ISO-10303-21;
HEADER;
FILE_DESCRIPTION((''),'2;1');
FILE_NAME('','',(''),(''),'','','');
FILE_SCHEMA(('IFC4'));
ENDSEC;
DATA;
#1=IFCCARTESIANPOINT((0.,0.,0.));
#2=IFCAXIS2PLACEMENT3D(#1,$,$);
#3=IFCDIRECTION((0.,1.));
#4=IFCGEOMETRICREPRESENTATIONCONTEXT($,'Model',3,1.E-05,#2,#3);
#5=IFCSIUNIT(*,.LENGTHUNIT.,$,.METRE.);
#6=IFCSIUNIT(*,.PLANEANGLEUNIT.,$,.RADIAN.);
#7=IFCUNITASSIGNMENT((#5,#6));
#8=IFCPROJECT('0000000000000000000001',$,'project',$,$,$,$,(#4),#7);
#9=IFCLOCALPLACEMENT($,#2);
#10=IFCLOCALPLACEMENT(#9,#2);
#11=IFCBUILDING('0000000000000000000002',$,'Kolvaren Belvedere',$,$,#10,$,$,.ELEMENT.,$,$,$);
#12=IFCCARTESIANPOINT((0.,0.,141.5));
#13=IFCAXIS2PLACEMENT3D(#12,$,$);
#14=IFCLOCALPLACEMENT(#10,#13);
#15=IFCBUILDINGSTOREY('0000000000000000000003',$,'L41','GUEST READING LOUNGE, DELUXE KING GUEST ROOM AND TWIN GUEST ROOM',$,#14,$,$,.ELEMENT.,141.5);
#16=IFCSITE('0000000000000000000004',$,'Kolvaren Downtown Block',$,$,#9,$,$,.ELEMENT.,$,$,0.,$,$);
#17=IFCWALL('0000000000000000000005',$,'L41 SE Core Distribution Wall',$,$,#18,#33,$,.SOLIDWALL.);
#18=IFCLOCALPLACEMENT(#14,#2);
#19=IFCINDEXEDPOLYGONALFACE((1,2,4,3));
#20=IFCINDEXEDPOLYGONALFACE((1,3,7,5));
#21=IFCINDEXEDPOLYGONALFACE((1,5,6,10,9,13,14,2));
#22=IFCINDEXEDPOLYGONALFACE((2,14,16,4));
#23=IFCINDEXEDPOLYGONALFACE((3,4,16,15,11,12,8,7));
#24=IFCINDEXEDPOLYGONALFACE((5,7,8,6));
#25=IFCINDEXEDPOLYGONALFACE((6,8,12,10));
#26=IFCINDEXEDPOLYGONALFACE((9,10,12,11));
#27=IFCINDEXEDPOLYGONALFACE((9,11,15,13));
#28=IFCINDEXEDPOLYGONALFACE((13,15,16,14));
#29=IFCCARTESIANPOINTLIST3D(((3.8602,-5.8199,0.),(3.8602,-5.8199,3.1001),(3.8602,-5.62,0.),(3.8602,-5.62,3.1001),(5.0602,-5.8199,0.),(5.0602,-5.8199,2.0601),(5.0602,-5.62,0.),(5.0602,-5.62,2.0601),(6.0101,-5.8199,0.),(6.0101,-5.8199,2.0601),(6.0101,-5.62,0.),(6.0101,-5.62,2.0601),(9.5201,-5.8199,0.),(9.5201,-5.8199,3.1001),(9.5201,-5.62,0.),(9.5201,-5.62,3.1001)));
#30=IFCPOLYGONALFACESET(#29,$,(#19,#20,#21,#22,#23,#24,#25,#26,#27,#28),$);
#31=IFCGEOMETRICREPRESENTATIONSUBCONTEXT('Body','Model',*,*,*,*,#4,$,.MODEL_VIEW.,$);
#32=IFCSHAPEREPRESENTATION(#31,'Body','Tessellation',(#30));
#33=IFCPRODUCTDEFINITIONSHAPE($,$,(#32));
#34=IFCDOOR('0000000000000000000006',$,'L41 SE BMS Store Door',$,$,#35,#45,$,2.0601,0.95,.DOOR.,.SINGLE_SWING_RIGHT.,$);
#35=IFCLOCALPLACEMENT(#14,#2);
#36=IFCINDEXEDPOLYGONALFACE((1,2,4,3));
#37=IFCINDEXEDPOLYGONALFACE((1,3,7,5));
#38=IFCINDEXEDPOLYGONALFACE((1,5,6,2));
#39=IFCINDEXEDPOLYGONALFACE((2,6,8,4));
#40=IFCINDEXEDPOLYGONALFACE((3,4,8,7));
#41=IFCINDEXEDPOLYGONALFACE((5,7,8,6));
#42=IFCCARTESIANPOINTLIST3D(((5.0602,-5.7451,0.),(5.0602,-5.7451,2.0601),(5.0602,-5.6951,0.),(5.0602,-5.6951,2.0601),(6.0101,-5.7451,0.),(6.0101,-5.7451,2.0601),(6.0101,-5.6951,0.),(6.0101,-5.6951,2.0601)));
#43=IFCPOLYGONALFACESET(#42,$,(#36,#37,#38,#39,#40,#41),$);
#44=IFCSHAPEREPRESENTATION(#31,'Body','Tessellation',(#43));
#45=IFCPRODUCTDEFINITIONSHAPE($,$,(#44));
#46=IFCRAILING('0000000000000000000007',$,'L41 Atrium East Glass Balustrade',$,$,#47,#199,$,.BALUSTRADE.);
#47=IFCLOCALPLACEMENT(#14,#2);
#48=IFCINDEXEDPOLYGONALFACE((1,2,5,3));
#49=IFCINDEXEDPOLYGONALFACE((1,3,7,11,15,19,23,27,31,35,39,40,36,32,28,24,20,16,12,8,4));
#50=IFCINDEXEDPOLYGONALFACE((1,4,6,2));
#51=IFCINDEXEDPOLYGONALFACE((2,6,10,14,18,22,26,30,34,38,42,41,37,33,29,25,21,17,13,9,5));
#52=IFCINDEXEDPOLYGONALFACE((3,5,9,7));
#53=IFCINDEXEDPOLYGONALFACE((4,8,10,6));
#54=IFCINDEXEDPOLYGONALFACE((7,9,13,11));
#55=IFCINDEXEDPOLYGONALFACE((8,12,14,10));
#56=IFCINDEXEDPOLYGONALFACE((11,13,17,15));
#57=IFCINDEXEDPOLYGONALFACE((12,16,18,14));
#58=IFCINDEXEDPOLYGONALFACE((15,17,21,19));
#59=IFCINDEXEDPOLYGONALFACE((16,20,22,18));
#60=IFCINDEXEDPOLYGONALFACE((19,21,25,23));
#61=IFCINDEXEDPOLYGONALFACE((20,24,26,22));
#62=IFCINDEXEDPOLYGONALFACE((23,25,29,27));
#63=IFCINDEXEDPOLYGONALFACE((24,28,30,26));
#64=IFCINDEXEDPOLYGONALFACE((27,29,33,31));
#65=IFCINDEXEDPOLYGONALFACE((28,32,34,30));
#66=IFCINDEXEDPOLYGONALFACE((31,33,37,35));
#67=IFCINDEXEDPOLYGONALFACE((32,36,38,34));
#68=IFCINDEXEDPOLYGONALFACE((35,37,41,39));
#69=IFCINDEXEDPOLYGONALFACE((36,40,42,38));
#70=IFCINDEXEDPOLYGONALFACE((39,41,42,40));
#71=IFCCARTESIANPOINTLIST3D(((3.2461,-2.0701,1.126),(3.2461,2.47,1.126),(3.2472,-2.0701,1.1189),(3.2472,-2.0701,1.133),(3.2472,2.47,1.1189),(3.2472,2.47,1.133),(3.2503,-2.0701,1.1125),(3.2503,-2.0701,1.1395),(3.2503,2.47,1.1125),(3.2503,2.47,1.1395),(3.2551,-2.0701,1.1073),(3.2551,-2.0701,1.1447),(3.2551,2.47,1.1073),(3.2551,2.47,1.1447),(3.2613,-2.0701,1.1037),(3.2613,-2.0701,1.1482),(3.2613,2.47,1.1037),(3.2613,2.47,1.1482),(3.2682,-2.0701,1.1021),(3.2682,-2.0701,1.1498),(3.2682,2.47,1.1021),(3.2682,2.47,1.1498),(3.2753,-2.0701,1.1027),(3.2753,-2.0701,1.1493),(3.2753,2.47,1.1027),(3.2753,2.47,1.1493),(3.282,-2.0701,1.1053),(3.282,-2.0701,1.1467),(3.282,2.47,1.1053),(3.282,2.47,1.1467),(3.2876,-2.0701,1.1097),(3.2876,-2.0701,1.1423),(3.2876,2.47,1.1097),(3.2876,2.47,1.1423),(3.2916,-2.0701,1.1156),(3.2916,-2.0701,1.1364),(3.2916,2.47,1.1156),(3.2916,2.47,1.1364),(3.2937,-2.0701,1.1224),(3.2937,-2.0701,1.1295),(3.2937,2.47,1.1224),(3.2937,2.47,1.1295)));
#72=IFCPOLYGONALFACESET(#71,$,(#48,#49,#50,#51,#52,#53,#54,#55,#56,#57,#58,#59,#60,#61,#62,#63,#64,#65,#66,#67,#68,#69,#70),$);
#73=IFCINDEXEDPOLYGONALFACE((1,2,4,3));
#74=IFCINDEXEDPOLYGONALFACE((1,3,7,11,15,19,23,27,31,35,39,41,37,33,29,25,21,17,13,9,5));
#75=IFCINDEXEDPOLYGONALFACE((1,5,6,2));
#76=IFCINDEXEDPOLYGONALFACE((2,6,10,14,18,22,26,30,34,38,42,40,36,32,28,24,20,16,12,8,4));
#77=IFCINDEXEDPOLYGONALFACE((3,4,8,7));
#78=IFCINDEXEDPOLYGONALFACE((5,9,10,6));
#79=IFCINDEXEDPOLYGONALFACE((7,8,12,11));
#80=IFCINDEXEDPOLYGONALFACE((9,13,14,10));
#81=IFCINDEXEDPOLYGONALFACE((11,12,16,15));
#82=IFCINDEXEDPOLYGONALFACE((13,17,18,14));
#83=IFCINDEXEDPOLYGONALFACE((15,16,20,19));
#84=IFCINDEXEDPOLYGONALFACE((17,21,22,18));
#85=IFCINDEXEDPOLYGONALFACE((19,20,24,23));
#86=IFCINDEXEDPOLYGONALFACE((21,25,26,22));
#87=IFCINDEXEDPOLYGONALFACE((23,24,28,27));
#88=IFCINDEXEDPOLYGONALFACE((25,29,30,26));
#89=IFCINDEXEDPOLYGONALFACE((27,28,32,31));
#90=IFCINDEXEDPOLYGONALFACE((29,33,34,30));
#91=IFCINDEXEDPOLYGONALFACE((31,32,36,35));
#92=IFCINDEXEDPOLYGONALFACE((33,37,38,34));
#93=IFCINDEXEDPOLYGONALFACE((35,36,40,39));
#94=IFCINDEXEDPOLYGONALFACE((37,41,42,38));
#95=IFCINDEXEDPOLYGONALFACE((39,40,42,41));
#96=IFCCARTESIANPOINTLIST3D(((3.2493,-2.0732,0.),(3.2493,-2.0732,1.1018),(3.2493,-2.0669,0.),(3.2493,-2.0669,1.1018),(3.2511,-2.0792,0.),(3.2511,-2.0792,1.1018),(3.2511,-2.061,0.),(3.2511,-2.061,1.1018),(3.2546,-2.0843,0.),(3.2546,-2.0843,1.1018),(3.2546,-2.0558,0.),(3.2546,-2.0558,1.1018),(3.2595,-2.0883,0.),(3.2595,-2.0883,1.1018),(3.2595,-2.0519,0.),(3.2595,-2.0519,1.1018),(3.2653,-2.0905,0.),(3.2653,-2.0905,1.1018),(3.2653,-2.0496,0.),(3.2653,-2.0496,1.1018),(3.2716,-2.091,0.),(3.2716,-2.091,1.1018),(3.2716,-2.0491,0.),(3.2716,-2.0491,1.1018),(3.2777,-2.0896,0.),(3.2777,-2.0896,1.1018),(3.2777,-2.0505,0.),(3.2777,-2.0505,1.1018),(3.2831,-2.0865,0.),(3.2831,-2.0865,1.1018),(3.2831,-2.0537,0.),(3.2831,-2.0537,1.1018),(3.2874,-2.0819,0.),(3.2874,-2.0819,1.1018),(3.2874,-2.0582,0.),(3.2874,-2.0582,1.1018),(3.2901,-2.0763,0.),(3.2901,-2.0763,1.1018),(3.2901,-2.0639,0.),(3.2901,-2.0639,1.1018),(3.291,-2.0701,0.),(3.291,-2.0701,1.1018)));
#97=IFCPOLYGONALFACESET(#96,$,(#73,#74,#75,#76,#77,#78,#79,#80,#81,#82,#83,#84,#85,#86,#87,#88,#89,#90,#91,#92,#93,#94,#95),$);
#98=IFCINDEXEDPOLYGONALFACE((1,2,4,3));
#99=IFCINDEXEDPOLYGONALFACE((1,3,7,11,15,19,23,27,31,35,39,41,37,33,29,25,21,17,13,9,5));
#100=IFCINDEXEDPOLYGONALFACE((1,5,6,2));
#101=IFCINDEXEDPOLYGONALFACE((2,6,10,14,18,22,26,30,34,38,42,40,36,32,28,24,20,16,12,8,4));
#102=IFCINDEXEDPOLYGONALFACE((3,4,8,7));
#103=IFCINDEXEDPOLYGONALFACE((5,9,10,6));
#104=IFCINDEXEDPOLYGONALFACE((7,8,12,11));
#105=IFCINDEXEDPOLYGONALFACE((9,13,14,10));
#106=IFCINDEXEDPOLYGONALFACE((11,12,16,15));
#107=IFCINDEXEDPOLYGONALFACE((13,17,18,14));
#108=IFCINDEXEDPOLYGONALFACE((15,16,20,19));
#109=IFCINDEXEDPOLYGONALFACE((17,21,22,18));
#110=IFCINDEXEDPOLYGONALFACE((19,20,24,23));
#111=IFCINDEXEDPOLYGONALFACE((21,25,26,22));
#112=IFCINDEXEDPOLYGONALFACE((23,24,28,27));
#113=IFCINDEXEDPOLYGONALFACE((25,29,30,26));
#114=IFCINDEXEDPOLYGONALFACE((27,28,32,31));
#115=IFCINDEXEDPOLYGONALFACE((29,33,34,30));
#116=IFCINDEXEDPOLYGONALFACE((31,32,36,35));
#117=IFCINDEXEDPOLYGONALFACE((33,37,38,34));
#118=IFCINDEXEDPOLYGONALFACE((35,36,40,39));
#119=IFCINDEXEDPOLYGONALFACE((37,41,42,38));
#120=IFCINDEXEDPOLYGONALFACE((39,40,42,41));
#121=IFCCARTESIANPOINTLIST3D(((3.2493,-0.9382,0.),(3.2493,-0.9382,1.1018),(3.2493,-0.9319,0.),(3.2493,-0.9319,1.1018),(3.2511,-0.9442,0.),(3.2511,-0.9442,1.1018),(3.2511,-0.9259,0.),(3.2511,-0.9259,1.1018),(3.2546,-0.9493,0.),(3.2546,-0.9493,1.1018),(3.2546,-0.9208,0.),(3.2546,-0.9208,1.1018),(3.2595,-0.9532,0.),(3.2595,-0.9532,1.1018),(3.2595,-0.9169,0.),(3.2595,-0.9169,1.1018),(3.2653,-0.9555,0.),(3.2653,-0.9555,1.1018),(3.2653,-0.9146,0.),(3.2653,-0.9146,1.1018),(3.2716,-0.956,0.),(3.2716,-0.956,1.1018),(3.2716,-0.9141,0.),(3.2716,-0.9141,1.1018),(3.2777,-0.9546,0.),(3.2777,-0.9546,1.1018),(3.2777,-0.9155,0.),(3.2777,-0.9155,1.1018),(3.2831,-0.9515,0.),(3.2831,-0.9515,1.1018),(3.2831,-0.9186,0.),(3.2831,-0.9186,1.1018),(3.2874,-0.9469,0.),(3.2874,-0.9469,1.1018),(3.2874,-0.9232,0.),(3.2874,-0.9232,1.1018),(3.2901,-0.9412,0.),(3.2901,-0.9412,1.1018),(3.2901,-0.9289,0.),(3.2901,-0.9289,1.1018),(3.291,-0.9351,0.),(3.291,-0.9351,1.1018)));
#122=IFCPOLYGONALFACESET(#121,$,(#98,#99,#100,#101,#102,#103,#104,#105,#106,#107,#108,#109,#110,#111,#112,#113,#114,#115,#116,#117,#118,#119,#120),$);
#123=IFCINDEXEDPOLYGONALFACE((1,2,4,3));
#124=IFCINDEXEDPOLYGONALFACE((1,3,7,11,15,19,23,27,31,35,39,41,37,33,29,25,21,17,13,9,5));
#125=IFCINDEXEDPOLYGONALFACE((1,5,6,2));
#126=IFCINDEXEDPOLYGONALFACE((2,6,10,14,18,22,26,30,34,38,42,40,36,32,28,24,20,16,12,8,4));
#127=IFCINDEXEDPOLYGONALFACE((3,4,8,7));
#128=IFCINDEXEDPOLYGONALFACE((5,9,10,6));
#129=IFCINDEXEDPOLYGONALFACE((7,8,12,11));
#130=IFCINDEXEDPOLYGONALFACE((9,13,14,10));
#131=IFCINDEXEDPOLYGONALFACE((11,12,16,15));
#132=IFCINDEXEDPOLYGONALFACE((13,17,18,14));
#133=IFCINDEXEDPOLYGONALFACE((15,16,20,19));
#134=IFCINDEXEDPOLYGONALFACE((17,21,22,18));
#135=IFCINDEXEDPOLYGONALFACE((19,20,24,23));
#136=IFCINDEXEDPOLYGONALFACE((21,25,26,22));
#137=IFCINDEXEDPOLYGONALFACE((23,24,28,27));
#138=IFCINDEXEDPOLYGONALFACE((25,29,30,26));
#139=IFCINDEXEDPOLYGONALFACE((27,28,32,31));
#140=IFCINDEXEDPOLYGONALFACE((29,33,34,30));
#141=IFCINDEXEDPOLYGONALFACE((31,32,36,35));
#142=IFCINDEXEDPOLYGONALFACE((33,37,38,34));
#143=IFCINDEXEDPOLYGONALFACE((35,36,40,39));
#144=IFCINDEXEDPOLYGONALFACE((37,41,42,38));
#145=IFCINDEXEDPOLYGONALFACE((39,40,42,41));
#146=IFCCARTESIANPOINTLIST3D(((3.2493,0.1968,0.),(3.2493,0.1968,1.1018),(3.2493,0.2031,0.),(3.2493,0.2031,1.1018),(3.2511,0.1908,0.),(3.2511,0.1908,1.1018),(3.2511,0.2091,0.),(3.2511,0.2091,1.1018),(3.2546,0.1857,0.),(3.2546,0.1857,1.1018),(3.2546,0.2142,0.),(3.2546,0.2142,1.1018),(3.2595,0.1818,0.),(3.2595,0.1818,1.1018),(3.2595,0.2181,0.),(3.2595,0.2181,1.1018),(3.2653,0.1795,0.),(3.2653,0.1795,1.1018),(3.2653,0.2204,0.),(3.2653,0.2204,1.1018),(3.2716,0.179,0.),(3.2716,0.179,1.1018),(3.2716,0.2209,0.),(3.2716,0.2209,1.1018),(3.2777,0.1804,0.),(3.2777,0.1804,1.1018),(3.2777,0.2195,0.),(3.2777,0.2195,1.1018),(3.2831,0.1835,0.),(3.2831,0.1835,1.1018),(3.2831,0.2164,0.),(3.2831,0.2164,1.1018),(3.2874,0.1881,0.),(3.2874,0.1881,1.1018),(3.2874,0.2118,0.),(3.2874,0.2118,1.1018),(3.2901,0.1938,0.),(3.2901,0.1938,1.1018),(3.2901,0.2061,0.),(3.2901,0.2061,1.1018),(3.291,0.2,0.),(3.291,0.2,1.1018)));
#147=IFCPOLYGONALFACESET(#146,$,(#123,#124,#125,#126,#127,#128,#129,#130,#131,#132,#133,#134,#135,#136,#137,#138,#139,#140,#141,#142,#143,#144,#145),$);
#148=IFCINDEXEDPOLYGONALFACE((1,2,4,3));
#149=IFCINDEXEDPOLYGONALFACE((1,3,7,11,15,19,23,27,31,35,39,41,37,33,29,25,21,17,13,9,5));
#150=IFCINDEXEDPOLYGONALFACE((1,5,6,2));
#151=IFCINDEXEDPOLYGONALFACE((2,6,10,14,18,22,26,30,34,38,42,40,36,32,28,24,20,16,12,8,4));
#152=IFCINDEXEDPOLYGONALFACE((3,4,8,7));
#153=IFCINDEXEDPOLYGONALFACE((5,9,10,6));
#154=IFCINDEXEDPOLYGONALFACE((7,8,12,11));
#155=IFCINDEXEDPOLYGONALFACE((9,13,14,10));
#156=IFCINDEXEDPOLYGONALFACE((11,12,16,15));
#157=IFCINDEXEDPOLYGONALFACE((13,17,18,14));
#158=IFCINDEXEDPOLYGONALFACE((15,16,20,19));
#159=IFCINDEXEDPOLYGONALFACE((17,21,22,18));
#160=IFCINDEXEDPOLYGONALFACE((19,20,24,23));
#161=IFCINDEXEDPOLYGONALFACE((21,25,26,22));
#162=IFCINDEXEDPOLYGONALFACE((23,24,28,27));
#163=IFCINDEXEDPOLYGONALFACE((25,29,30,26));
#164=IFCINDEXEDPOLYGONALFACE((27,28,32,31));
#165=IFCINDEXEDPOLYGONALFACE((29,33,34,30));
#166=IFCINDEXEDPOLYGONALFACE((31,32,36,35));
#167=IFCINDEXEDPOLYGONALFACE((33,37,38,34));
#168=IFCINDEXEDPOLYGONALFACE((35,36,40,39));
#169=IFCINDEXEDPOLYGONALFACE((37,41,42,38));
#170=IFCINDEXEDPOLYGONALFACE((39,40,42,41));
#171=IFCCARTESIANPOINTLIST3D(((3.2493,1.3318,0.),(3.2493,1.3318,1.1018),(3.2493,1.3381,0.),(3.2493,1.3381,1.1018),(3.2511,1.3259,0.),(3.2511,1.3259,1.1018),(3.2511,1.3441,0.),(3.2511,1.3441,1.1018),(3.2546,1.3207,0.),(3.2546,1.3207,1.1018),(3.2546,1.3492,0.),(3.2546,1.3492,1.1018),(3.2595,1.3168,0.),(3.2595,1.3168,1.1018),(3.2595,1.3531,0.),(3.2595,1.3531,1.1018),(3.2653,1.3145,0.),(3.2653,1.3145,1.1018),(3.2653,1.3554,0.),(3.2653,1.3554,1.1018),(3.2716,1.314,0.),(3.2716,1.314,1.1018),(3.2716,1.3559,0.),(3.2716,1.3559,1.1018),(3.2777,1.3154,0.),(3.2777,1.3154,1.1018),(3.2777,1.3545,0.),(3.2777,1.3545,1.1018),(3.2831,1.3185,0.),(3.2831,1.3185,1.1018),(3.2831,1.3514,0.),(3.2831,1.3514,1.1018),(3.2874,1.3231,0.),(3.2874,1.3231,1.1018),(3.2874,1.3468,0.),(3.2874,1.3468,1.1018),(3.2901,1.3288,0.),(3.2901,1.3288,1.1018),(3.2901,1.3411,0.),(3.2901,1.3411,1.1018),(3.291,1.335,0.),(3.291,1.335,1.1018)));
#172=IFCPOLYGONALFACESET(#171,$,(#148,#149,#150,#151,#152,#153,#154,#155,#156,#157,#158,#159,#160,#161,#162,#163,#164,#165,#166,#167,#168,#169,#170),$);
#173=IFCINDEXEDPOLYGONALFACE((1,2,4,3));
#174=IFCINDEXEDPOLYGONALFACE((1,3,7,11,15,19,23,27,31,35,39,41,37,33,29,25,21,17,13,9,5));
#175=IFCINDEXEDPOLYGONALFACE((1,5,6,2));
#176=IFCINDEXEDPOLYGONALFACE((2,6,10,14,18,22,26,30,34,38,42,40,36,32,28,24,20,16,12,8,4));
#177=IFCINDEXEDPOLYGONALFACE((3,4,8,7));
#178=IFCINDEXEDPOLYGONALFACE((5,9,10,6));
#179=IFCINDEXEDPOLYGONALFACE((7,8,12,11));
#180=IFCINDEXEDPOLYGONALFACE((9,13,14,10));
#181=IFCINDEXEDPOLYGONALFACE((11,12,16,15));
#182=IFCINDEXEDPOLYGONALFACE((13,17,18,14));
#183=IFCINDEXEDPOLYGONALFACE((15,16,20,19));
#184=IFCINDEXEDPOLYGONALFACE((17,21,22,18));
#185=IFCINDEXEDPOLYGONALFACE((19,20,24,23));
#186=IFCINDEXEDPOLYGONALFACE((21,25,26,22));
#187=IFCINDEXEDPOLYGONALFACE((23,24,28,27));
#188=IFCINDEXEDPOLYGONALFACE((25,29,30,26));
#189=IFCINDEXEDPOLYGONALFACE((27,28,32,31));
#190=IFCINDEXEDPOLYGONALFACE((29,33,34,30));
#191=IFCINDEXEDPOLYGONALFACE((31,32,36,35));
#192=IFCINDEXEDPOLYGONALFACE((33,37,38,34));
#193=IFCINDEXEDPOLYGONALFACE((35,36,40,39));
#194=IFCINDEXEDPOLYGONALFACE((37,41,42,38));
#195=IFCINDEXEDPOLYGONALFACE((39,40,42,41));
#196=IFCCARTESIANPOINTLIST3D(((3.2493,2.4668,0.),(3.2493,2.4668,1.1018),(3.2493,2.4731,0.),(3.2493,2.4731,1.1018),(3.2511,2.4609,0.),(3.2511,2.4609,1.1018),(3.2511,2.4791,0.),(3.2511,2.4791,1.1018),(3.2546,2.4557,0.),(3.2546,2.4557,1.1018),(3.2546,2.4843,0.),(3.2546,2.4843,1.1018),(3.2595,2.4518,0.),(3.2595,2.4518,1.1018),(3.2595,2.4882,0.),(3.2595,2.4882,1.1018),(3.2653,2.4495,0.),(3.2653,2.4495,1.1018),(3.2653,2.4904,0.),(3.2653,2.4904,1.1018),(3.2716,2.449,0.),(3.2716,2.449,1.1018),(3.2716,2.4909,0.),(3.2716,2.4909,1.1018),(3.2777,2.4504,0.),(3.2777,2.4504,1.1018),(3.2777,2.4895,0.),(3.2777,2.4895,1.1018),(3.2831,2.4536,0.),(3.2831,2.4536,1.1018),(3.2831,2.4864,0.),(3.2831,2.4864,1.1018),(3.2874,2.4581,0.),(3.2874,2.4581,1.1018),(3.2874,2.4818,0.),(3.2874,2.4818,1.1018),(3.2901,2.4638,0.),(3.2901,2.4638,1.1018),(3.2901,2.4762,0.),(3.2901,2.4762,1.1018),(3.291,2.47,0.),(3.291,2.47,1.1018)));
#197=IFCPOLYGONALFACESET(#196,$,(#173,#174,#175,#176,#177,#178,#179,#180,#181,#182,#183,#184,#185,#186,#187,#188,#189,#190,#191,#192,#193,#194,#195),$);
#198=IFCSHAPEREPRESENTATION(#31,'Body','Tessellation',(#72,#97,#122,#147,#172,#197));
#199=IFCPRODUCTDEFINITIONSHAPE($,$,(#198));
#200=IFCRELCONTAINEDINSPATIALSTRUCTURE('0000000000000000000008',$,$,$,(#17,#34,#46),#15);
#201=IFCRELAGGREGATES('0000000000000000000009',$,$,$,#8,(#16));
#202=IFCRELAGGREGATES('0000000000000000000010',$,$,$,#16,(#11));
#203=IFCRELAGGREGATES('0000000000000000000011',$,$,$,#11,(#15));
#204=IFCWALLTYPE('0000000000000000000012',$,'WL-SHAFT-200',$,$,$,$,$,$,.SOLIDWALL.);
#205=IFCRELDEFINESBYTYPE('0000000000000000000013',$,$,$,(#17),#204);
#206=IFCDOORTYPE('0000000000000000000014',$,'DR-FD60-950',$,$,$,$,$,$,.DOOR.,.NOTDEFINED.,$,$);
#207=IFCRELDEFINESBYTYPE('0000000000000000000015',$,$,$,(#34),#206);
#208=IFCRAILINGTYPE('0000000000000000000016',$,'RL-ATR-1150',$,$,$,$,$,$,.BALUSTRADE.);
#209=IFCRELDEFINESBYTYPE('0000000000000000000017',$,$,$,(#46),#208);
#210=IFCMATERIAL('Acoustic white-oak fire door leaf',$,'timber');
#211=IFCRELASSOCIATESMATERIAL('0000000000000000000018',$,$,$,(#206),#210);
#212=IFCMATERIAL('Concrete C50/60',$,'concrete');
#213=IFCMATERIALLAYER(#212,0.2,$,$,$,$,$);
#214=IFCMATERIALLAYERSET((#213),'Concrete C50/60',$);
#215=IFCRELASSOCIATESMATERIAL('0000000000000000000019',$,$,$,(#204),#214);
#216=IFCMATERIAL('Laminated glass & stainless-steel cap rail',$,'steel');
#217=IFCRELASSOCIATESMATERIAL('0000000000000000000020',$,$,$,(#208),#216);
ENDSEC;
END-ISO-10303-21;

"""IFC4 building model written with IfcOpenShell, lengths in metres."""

from ifc_helpers import new_model, si_unit, direction, frame, frame_2d, origin, origin_2d, place, context, subcontext, project, spatial, rectangle, circle, extrude, material, layer, layer_set, type_object, element, fill, save


model = new_model("IFC4")

# Units and contexts
model_context = context("Model", 3, precision=1e-05, world=origin(), true_north=direction((0.0, 1.0)))
body_context = subcontext(model_context, "Body", "Model", "MODEL_VIEW")
ifc_project = project(units=[si_unit("LENGTHUNIT", "METRE"), si_unit("PLANEANGLEUNIT", "RADIAN")], contexts=[model_context])

# Site, building, storey
site_placement = place(None, origin())
site = spatial("IfcSite", under=ifc_project, at=site_placement, Name="Kolvaren Downtown Block", CompositionType="ELEMENT", RefElevation=0.0)
building_placement = place(site_placement, origin())
building = spatial("IfcBuilding", under=site, at=building_placement, Name="Kolvaren Belvedere", CompositionType="ELEMENT")
storey_placement = place(building_placement, frame((0.0, 0.0, 141.5)))
storey = spatial("IfcBuildingStorey", under=building, at=storey_placement, Name="L41", Description="GUEST READING LOUNGE, DELUXE KING GUEST ROOM AND TWIN GUEST ROOM", CompositionType="ELEMENT", Elevation=141.5)

# Shared definitions
ifc_material_1 = material(Name="Acoustic white-oak fire door leaf", Category="timber")
door_type_1 = type_object("IfcDoorType", Name="DR-FD60-950", OperationType="NOTDEFINED", PredefinedType="DOOR", material=ifc_material_1)
ifc_material_2 = material(Name="Concrete C50/60", Category="concrete")
ifc_layer_1 = layer(ifc_material_2, 0.2)
ifc_layer_set_1 = layer_set([ifc_layer_1], Name="Concrete C50/60")
wall_type_1 = type_object("IfcWallType", Name="WL-SHAFT-200", PredefinedType="SOLIDWALL", material=ifc_layer_set_1)

# Wall, opening, door
wall_1_placement = place(storey_placement, frame((3.8601, -5.72, 0.0), z_axis=(0.0, 0.0, 1.0), x_axis=(1.0, 0.0, 0.0)))
wall_1 = element("IfcWall", 1, at=wall_1_placement, inside=storey, type_object=wall_type_1, Name="L41 SE Core Distribution Wall", PredefinedType="SOLIDWALL", context=body_context, shape_type="SweptSolid", body=[
    extrude(rectangle(XDim=5.6599, YDim=0.2, at=frame_2d((2.8301, 0.0))), origin(), (0.0, 0.0, 1.0), 3.1001),
])
opening_1_placement = place(wall_1_placement, frame((1.2, 0.0, 0.0)))
opening_1 = element("IfcOpeningElement", 2, at=opening_1_placement, cuts=wall_1, PredefinedType="OPENING", context=body_context, shape_type="SweptSolid", body=[
    extrude(rectangle(XDim=0.95, YDim=2.0601, at=frame_2d((0.4751, 1.03))), frame((0.0, 0.1099, 0.0), z_axis=(0.0, -1.0, 0.0), x_axis=(1.0, 0.0, 0.0)), (0.0, 0.0, 1.0), 0.22),
])
door_1_placement = place(opening_1_placement, origin())
door_1 = element("IfcDoor", 3, at=door_1_placement, inside=storey, type_object=door_type_1, Name="L41 SE BMS Store Door", OperationType="SINGLE_SWING_RIGHT", OverallHeight=2.0601, OverallWidth=0.95, PredefinedType="DOOR", context=body_context, shape_type="SweptSolid", body=[
    extrude(rectangle(XDim=0.95, YDim=2.0601, at=frame_2d((0.4751, 1.03))), frame((0.0, 0.0249, 0.0), z_axis=(0.0, -1.0, 0.0), x_axis=(1.0, 0.0, 0.0)), (0.0, 0.0, 1.0), 0.05),
])
fill(opening_1, door_1)

# Railing
ifc_material_3 = material(Name="Laminated glass & stainless-steel cap rail", Category="steel")
railing_type = type_object("IfcRailingType", Name="RL-ATR-1150", PredefinedType="BALUSTRADE", material=ifc_material_3)
railing_placement = place(storey_placement, frame((3.27, -2.0701, 0.0)))
element("IfcRailing", 4, at=railing_placement, inside=storey, type_object=railing_type, Name="L41 Atrium East Glass Balustrade", PredefinedType="BALUSTRADE", context=body_context, shape_type="SweptSolid", body=[
    extrude(circle(Radius=0.0239, at=origin_2d()), frame((0.0, 0.0, 1.126), z_axis=(0.0, 1.0, 0.0), x_axis=(-1.0, 0.0, 0.0)), (0.0, 0.0, 1.0), 4.54),
    extrude(circle(Radius=0.021, at=origin_2d()), origin(), (0.0, 0.0, 1.0), 1.1018),
    extrude(circle(Radius=0.021, at=origin_2d()), frame((0.0, 1.135, 0.0)), (0.0, 0.0, 1.0), 1.1018),
    extrude(circle(Radius=0.021, at=origin_2d()), frame((0.0, 2.27, 0.0)), (0.0, 0.0, 1.0), 1.1018),
    extrude(circle(Radius=0.021, at=origin_2d()), frame((0.0, 3.405, 0.0)), (0.0, 0.0, 1.0), 1.1018),
    extrude(circle(Radius=0.021, at=origin_2d()), frame((0.0, 4.54, 0.0)), (0.0, 0.0, 1.0), 1.1018),
])

save(model, "model.ifc")
